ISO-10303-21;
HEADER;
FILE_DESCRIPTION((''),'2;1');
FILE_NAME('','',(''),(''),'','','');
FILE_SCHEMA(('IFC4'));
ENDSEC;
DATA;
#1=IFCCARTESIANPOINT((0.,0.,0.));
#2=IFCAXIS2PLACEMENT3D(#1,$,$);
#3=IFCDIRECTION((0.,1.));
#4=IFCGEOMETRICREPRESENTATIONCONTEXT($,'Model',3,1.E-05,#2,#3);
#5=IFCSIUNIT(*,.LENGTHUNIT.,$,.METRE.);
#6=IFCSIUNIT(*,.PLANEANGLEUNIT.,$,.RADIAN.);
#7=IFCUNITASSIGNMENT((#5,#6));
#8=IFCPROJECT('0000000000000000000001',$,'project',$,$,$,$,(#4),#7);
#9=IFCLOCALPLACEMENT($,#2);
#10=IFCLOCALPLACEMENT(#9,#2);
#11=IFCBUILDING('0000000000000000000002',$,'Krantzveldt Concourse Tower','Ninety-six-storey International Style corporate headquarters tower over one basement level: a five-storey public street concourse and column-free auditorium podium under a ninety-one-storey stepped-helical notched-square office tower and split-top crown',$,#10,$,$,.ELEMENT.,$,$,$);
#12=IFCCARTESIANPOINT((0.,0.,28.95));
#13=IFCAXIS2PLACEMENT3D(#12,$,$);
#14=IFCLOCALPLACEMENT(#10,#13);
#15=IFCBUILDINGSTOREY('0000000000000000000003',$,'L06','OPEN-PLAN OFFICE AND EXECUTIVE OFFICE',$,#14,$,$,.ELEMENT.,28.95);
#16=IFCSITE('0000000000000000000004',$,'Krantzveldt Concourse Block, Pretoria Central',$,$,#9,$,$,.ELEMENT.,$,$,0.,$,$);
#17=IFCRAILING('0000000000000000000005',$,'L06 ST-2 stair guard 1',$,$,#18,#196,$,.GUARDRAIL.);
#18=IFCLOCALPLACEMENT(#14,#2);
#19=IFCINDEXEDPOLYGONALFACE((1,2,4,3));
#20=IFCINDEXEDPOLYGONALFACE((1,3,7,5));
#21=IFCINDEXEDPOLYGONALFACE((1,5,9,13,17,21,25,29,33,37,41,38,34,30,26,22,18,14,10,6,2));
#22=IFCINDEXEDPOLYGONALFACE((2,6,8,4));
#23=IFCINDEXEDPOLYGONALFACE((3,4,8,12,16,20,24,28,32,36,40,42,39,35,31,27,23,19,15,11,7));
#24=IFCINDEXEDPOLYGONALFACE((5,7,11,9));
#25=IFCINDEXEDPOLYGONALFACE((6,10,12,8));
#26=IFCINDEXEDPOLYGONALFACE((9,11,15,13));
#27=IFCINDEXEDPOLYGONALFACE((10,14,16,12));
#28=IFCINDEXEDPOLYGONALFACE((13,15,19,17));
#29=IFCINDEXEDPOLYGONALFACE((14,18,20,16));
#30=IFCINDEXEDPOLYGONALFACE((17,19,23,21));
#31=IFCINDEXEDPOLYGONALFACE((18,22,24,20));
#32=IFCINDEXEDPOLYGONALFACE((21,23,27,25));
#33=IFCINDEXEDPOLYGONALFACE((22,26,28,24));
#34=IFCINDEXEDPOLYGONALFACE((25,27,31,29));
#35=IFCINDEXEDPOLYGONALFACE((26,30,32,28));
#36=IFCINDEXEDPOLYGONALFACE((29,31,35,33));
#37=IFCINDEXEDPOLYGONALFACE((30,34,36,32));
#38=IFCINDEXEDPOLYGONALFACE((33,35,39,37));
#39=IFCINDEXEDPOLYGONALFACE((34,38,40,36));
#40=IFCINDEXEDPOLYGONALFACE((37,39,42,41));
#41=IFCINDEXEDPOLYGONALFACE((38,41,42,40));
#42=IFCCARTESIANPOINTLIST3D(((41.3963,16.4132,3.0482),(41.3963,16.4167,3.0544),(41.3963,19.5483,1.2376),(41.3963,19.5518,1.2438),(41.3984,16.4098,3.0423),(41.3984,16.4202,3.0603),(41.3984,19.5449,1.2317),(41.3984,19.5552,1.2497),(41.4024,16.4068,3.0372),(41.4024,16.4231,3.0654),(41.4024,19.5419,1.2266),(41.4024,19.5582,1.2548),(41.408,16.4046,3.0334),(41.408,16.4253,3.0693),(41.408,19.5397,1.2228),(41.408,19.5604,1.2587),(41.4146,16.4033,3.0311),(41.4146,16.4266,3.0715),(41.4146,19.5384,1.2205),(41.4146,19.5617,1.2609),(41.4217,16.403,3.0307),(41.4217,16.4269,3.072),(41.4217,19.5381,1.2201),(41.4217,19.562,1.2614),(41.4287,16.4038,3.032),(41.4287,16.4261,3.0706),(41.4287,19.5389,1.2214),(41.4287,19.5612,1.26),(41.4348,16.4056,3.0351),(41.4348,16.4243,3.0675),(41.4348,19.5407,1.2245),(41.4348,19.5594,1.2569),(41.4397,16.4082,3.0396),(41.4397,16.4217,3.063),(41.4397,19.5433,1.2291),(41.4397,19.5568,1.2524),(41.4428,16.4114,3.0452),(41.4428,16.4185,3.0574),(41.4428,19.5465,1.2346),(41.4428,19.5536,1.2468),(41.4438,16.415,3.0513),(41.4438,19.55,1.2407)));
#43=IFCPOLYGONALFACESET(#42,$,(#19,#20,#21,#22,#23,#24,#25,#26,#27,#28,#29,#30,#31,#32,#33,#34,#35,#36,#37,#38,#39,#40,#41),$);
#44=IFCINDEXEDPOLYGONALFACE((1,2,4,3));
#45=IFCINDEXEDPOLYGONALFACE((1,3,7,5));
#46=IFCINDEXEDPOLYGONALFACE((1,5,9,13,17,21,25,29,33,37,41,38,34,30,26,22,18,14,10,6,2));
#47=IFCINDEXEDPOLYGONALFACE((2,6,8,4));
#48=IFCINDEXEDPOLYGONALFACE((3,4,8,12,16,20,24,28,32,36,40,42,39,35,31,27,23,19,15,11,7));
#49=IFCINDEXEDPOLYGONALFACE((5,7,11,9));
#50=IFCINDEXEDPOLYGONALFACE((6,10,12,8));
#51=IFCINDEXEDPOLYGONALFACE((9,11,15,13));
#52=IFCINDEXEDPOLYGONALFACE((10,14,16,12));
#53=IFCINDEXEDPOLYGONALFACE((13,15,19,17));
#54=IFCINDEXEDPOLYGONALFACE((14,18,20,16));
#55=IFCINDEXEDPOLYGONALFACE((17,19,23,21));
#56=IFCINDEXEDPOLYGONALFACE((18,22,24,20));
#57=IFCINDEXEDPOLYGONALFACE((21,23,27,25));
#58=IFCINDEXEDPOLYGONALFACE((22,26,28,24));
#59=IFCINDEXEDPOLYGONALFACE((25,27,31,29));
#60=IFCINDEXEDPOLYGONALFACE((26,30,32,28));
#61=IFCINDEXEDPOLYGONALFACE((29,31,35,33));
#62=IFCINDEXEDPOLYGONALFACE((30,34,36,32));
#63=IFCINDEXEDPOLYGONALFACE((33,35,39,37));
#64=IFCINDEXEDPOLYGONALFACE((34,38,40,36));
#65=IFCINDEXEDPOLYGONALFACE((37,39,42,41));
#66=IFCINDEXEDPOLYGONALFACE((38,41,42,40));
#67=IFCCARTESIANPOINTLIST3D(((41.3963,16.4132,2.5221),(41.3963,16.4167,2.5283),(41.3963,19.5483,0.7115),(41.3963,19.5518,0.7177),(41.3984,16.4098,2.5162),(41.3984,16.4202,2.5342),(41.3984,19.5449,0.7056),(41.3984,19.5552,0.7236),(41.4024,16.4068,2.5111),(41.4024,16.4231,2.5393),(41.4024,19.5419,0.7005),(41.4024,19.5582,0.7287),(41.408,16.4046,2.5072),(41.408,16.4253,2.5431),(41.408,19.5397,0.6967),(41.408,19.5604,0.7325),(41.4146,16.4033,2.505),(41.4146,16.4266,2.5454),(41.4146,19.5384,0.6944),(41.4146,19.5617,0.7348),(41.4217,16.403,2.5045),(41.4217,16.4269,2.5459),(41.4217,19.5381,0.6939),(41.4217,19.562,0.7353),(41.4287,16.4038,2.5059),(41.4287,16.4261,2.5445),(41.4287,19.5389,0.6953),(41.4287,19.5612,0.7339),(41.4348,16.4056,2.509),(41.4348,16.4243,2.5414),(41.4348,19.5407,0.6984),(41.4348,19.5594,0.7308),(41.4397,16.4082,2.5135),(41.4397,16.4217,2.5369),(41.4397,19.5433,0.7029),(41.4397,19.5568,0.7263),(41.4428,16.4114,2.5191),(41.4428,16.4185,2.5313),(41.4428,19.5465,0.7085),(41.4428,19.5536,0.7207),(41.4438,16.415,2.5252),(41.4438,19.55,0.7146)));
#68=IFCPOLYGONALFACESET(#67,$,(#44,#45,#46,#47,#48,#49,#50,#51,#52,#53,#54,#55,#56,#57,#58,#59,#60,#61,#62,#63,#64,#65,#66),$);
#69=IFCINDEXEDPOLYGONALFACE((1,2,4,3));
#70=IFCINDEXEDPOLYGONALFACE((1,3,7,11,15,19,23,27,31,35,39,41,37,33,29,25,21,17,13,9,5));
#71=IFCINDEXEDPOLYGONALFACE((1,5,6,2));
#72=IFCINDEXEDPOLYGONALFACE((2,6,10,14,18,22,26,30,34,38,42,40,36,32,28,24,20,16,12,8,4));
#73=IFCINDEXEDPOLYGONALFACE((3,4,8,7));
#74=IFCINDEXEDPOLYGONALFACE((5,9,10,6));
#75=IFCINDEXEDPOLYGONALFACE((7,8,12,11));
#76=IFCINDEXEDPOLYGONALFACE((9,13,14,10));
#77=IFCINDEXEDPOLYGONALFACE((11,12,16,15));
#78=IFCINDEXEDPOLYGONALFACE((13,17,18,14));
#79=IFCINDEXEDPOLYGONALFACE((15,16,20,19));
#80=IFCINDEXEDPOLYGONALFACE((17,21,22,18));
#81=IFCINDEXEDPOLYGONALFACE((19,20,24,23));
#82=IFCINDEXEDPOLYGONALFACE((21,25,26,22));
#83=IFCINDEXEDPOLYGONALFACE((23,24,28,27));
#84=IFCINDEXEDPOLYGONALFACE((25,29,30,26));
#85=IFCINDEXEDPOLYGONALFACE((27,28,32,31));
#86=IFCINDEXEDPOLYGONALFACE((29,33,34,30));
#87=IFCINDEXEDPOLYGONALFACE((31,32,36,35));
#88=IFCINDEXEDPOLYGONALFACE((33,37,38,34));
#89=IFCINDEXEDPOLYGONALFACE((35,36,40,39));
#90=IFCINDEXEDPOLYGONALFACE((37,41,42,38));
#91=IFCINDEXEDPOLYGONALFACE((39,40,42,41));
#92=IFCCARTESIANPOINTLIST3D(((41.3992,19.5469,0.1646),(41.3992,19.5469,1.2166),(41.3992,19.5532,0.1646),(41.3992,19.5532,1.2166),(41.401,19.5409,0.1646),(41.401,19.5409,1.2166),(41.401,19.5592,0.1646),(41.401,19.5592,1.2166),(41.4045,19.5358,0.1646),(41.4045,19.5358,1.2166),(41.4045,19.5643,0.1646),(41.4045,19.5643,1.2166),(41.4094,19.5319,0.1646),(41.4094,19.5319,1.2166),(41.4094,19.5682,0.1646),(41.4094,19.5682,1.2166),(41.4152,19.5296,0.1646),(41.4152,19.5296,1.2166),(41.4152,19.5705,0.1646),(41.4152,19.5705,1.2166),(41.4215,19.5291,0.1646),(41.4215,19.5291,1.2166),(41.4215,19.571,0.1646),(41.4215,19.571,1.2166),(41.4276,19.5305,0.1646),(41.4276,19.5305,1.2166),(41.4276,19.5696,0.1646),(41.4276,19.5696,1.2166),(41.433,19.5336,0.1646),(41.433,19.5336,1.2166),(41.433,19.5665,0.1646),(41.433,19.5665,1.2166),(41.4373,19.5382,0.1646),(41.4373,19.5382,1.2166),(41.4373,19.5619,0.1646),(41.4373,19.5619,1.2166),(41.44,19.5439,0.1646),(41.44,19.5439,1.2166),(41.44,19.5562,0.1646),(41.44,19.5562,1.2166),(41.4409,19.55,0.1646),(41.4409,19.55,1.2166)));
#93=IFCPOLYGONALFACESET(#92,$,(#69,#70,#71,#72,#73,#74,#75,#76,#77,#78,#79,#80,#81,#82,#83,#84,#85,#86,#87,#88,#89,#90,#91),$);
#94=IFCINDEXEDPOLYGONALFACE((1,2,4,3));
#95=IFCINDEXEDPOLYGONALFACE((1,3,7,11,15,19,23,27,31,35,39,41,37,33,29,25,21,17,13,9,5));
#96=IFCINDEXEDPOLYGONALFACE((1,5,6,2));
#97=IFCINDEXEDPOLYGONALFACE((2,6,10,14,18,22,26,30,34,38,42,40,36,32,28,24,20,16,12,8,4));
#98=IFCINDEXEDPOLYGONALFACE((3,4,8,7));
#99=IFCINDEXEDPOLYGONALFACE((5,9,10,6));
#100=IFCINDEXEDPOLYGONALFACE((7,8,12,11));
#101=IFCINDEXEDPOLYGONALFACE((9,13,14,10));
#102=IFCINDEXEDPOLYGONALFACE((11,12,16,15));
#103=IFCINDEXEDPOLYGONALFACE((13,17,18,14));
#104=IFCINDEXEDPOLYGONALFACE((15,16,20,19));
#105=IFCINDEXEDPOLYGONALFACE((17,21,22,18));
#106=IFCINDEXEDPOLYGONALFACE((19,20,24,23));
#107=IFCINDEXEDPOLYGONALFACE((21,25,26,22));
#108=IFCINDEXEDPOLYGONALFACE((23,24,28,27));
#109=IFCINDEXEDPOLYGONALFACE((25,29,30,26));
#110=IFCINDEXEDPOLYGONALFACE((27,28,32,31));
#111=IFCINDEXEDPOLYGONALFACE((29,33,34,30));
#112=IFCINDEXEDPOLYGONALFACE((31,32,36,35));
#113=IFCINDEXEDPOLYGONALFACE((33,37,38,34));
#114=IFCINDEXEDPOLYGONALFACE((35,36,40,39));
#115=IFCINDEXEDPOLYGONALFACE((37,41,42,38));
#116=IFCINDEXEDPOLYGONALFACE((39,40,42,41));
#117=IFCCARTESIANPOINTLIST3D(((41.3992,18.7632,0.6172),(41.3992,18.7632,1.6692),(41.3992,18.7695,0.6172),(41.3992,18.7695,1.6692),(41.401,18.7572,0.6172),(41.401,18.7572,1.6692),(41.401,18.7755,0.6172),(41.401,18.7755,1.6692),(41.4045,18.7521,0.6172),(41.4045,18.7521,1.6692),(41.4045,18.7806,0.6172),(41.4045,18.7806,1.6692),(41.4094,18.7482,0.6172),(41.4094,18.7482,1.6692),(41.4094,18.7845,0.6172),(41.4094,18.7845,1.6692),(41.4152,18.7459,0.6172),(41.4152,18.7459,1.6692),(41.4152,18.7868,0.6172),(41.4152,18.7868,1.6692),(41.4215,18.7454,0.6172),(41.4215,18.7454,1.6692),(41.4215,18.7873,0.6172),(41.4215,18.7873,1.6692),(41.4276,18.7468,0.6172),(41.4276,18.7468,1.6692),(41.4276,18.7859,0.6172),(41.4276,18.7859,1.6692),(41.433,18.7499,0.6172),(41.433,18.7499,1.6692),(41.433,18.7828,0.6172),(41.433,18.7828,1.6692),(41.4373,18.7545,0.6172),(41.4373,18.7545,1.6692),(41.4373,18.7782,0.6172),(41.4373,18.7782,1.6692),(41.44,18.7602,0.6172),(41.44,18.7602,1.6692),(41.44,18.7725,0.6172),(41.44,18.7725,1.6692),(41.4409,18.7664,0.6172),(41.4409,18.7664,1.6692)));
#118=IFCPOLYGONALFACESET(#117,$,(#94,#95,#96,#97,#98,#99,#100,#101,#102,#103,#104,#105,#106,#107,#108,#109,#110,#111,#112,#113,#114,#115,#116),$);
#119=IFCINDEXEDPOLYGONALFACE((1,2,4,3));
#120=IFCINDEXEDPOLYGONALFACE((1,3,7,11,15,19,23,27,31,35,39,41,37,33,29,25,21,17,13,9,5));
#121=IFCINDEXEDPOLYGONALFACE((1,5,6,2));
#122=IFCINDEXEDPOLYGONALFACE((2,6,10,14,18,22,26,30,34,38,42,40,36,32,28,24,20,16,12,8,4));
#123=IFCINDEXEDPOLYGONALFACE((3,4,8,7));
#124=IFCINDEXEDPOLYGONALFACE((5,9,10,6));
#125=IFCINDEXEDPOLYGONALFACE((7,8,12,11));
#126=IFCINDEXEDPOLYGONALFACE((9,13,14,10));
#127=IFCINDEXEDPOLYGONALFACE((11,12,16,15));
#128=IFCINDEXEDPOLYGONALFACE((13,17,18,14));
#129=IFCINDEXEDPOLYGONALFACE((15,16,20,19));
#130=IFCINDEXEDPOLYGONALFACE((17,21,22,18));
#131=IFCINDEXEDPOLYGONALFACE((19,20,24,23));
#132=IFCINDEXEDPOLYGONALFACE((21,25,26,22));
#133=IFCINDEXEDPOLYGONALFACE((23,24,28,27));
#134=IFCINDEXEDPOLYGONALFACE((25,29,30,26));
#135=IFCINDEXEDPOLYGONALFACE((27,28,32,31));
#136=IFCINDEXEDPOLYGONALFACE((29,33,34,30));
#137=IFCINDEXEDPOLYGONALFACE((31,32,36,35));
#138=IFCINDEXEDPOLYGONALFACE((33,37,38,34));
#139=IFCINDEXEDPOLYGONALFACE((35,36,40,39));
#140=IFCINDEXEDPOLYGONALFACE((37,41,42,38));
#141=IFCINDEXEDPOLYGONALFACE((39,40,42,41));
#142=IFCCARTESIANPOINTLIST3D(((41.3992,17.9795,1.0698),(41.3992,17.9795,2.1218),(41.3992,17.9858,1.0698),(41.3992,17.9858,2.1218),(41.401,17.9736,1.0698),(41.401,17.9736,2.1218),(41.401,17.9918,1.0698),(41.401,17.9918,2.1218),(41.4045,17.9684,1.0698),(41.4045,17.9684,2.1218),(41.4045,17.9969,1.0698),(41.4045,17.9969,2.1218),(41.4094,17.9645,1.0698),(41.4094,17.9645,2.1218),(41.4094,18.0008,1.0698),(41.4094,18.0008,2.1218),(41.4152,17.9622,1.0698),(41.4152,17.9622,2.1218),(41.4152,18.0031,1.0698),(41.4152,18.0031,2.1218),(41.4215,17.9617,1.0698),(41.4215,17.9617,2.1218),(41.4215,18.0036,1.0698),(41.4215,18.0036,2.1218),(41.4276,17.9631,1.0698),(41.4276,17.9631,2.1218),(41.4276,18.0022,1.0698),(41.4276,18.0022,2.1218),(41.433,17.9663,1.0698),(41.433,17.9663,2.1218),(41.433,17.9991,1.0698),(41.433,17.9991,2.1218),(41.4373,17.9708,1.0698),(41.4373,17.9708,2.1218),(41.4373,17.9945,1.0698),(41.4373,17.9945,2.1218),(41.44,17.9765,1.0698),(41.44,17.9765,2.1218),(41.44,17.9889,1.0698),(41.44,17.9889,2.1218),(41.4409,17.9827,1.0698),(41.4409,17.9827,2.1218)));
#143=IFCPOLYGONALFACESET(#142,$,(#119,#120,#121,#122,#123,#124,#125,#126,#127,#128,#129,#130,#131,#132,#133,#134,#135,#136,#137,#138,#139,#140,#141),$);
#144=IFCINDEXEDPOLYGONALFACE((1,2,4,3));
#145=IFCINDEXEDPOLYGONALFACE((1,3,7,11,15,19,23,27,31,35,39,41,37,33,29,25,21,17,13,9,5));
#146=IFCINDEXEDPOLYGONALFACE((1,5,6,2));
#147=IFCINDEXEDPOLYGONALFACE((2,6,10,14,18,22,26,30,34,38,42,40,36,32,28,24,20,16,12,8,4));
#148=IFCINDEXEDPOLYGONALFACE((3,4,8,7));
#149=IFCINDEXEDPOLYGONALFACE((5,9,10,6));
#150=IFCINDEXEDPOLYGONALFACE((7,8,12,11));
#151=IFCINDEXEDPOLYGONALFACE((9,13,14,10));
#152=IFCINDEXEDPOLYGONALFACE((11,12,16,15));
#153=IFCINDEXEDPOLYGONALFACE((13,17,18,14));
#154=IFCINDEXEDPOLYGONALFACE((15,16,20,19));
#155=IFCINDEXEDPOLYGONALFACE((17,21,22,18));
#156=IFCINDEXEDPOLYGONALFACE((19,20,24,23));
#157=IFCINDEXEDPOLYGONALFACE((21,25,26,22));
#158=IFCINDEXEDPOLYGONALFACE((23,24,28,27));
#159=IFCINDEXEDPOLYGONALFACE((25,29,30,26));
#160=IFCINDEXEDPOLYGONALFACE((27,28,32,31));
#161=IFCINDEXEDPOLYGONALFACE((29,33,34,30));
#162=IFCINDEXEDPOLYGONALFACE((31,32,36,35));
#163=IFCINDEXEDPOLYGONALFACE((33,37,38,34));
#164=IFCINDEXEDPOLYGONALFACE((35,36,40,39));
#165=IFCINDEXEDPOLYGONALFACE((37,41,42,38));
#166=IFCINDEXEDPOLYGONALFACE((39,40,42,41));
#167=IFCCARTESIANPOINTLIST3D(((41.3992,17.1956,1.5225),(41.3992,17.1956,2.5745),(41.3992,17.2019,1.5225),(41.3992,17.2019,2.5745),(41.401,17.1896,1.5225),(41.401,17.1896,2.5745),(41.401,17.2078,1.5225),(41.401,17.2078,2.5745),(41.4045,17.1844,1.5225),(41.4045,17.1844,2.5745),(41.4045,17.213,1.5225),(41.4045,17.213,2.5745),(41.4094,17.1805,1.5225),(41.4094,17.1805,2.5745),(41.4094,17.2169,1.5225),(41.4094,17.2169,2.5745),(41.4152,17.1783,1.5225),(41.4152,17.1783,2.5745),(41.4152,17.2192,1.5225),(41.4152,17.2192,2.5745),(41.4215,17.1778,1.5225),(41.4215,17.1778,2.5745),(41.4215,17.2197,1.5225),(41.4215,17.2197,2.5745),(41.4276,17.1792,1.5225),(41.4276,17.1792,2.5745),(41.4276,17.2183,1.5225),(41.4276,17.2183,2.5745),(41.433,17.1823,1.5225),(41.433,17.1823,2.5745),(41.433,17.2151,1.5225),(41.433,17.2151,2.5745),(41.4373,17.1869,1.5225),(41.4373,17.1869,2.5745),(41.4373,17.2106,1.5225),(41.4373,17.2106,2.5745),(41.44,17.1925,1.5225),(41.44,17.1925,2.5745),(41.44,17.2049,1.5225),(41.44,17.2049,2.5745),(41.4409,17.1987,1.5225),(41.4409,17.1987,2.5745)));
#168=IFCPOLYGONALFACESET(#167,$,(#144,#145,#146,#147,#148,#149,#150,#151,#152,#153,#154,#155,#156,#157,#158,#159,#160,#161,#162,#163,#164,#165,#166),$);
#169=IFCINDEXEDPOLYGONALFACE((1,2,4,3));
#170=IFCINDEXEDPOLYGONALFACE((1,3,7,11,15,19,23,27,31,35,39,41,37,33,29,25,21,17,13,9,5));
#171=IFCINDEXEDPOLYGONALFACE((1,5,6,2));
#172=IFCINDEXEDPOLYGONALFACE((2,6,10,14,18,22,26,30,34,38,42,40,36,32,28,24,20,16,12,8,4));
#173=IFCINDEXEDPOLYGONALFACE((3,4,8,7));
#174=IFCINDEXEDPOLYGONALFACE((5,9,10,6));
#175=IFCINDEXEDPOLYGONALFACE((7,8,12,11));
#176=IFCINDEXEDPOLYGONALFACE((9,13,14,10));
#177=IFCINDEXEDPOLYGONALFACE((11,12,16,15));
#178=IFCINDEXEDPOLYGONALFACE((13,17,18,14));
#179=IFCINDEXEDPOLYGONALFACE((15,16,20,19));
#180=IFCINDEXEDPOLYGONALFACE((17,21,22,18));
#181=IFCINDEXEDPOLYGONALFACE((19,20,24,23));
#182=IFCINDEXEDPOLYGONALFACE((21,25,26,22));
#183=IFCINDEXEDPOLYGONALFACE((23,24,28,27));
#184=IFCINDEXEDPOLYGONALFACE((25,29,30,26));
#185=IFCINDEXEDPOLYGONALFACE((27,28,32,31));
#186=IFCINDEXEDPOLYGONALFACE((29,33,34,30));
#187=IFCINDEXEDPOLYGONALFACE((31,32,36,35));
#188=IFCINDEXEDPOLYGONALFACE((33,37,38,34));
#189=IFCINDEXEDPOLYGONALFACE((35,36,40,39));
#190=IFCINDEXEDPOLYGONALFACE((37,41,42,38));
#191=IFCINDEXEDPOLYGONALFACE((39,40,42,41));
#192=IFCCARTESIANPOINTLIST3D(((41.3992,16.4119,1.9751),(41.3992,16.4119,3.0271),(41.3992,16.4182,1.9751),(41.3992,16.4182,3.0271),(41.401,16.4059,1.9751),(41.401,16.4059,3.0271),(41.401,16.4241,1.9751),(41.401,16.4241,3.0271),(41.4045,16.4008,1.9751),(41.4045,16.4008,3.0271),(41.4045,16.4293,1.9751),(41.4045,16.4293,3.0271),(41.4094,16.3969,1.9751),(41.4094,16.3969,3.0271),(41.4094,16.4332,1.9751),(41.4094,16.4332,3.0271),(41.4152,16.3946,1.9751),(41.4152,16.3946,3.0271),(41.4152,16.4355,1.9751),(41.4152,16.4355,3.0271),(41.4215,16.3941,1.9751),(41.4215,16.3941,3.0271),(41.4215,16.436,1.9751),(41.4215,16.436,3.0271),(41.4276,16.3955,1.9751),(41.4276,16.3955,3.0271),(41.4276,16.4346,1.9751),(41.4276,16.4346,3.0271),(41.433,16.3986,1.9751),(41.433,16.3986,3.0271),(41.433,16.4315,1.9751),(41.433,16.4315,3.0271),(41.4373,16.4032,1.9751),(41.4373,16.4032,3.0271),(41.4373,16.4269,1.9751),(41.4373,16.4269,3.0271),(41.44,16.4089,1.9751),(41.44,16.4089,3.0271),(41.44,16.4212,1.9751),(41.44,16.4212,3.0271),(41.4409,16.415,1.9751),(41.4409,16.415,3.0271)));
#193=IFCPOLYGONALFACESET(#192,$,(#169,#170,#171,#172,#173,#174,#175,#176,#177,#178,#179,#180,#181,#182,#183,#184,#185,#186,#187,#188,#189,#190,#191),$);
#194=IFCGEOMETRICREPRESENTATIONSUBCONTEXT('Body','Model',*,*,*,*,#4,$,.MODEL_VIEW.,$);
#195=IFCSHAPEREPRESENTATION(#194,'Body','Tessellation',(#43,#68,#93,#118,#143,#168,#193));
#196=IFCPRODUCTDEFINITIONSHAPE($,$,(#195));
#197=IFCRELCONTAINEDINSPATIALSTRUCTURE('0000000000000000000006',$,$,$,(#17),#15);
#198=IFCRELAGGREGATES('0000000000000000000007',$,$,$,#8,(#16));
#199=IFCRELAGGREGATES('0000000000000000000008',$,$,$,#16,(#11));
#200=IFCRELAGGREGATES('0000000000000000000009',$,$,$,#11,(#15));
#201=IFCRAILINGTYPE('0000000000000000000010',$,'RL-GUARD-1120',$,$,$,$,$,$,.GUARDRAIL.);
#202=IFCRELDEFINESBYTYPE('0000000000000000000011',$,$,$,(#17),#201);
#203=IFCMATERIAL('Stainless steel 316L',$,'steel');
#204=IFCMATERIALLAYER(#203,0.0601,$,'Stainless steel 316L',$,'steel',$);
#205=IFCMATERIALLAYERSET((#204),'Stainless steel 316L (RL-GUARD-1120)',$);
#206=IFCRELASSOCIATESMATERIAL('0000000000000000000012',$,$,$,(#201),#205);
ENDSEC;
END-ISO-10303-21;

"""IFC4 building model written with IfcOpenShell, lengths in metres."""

from ifc_helpers import new_model, si_unit, direction, frame, origin, origin_2d, place, context, subcontext, project, spatial, circle, extrude, material, layer, layer_set, type_object, element, save


model = new_model("IFC4")

# Units and contexts
model_context = context("Model", 3, precision=1e-05, world=origin(), true_north=direction((0.0, 1.0)))
body_context = subcontext(model_context, "Body", "Model", "MODEL_VIEW")
ifc_project = project(units=[si_unit("LENGTHUNIT", "METRE"), si_unit("PLANEANGLEUNIT", "RADIAN")], contexts=[model_context])

# Site, building, storey
site_placement = place(None, origin())
site = spatial("IfcSite", under=ifc_project, at=site_placement, Name="Krantzveldt Concourse Block, Pretoria Central", CompositionType="ELEMENT", RefElevation=0.0)
building_placement = place(site_placement, origin())
building = spatial("IfcBuilding", under=site, at=building_placement, Name="Krantzveldt Concourse Tower", Description="Ninety-six-storey International Style corporate headquarters tower over one basement level: a five-storey public street concourse and column-free auditorium podium under a ninety-one-storey stepped-helical notched-square office tower and split-top crown", CompositionType="ELEMENT")
storey_placement = place(building_placement, frame((0.0, 0.0, 28.95)))
storey = spatial("IfcBuildingStorey", under=building, at=storey_placement, Name="L06", Description="OPEN-PLAN OFFICE AND EXECUTIVE OFFICE", CompositionType="ELEMENT", Elevation=28.95)

# Shared definitions
ifc_material_1 = material(Name="Stainless steel 316L", Category="steel")

# Railing
ifc_layer_1 = layer(ifc_material_1, 0.0601, Name="Stainless steel 316L", Category="steel")
ifc_layer_set_1 = layer_set([ifc_layer_1], Name="Stainless steel 316L (RL-GUARD-1120)")
railing_type_1 = type_object("IfcRailingType", Name="RL-GUARD-1120", PredefinedType="GUARDRAIL", material=ifc_layer_set_1)
railing_1_placement = place(storey_placement, frame((41.4199, 19.55, 0.1646)))
element("IfcRailing", 1, at=railing_1_placement, inside=storey, type_object=railing_type_1, Name="L06 ST-2 stair guard 1", PredefinedType="GUARDRAIL", context=body_context, shape_type="SweptSolid", body=[
    extrude(circle(Radius=0.0239, at=origin_2d()), frame((0.0, 0.0, 1.0762), z_axis=(0.0, -0.86596, 0.500114), x_axis=(1.0, 0.0, 0.0)), (0.0, 0.0, 1.0), 3.6204),
    extrude(circle(Radius=0.0239, at=origin_2d()), frame((0.0, 0.0, 0.55), z_axis=(0.0, -0.86596, 0.500114), x_axis=(1.0, 0.0, 0.0)), (0.0, 0.0, 1.0), 3.6204),
    extrude(circle(Radius=0.021, at=origin_2d()), origin(), (0.0, 0.0, 1.0), 1.052),
    extrude(circle(Radius=0.021, at=origin_2d()), frame((0.0, -0.7837, 0.4526)), (0.0, 0.0, 1.0), 1.052),
    extrude(circle(Radius=0.021, at=origin_2d()), frame((0.0, -1.5674, 0.9053)), (0.0, 0.0, 1.0), 1.052),
    extrude(circle(Radius=0.021, at=origin_2d()), frame((0.0, -2.3513, 1.3579)), (0.0, 0.0, 1.0), 1.052),
    extrude(circle(Radius=0.021, at=origin_2d()), frame((0.0, -3.135, 1.8105)), (0.0, 0.0, 1.0), 1.052),
])

save(model, "model.ifc")
